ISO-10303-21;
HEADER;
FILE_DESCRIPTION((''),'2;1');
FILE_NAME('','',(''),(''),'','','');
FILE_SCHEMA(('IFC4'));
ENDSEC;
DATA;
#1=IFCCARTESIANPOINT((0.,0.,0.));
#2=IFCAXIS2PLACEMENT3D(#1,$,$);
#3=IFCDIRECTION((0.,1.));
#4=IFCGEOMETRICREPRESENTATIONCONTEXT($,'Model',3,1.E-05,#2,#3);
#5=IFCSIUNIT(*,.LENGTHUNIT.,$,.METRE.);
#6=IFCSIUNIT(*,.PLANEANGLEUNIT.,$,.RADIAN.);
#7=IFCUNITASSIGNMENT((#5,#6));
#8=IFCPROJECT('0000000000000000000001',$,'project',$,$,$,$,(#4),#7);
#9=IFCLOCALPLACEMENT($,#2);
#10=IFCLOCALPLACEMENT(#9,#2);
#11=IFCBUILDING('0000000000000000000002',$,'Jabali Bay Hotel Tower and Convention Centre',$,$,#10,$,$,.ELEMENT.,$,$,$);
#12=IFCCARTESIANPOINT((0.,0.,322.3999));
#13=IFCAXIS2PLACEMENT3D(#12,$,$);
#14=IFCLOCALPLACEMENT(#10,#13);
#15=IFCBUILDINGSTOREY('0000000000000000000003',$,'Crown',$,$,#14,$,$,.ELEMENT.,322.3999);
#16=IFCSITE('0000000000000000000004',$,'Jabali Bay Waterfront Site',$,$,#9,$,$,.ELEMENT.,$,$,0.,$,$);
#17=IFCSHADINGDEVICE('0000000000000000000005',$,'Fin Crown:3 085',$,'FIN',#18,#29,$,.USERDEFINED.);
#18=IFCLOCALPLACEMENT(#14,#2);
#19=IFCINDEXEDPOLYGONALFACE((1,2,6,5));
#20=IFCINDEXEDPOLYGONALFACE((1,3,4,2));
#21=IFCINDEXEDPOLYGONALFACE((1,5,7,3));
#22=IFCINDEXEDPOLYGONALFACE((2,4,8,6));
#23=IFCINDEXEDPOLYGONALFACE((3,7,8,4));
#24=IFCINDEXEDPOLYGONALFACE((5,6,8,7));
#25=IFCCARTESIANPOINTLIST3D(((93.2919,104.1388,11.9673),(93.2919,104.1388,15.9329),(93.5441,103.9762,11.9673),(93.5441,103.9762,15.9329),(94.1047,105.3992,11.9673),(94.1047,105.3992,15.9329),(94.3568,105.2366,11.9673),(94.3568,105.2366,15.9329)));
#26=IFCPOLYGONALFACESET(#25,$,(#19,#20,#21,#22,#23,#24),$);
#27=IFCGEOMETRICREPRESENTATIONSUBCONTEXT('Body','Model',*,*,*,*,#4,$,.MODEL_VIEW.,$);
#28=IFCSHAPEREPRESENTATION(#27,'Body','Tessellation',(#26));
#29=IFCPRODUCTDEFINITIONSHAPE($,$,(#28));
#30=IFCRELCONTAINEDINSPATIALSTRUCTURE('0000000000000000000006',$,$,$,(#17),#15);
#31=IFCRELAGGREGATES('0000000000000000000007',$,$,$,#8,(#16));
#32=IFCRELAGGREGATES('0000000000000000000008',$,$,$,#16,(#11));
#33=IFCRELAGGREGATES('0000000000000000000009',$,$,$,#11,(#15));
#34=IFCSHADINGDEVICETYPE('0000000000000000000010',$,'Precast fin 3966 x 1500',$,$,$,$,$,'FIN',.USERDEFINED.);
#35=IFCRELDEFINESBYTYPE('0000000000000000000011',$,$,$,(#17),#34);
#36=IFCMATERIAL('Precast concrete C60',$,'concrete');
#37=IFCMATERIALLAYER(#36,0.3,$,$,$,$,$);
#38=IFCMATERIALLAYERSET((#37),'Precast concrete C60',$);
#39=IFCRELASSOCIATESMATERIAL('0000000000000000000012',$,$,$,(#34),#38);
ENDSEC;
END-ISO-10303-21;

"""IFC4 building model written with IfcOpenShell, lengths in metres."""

from ifc_helpers import new_model, si_unit, direction, frame, frame_2d, origin, place, context, subcontext, project, spatial, rectangle, extrude, material, layer, layer_set, type_object, element, save


model = new_model("IFC4")

# Units and contexts
model_context = context("Model", 3, precision=1e-05, world=origin(), true_north=direction((0.0, 1.0)))
body_context = subcontext(model_context, "Body", "Model", "MODEL_VIEW")
ifc_project = project(units=[si_unit("LENGTHUNIT", "METRE"), si_unit("PLANEANGLEUNIT", "RADIAN")], contexts=[model_context])

# Site, building, storey
site_placement = place(None, origin())
site = spatial("IfcSite", under=ifc_project, at=site_placement, Name="Jabali Bay Waterfront Site", CompositionType="ELEMENT", RefElevation=0.0)
building_placement = place(site_placement, origin())
building = spatial("IfcBuilding", under=site, at=building_placement, Name="Jabali Bay Hotel Tower and Convention Centre", CompositionType="ELEMENT")
storey_placement = place(building_placement, frame((0.0, 0.0, 322.3999)))
storey = spatial("IfcBuildingStorey", under=building, at=storey_placement, Name="Crown", CompositionType="ELEMENT", Elevation=322.3999)

# Shading device
ifc_material_1 = material(Name="Precast concrete C60", Category="concrete")
ifc_layer = layer(ifc_material_1, 0.3)
ifc_layer_set = layer_set([ifc_layer], Name="Precast concrete C60")
shading_device_type = type_object("IfcShadingDeviceType", Name="Precast fin 3966 x 1500", ElementType="FIN", PredefinedType="USERDEFINED", material=ifc_layer_set)
shading_device_1_placement = place(storey_placement, frame((93.418, 104.0574, 11.9673), z_axis=(0.0, 0.0, 1.0), x_axis=(0.541901, 0.840443, 0.0)))
element("IfcShadingDevice", 1, at=shading_device_1_placement, inside=storey, type_object=shading_device_type, Name="Fin Crown:3 085", ObjectType="FIN", PredefinedType="USERDEFINED", context=body_context, shape_type="SweptSolid", body=[
    extrude(rectangle(XDim=1.4998, YDim=0.3, at=frame_2d((0.75, 0.0))), origin(), (0.0, 0.0, 1.0), 3.9656),
])

save(model, "model.ifc")
